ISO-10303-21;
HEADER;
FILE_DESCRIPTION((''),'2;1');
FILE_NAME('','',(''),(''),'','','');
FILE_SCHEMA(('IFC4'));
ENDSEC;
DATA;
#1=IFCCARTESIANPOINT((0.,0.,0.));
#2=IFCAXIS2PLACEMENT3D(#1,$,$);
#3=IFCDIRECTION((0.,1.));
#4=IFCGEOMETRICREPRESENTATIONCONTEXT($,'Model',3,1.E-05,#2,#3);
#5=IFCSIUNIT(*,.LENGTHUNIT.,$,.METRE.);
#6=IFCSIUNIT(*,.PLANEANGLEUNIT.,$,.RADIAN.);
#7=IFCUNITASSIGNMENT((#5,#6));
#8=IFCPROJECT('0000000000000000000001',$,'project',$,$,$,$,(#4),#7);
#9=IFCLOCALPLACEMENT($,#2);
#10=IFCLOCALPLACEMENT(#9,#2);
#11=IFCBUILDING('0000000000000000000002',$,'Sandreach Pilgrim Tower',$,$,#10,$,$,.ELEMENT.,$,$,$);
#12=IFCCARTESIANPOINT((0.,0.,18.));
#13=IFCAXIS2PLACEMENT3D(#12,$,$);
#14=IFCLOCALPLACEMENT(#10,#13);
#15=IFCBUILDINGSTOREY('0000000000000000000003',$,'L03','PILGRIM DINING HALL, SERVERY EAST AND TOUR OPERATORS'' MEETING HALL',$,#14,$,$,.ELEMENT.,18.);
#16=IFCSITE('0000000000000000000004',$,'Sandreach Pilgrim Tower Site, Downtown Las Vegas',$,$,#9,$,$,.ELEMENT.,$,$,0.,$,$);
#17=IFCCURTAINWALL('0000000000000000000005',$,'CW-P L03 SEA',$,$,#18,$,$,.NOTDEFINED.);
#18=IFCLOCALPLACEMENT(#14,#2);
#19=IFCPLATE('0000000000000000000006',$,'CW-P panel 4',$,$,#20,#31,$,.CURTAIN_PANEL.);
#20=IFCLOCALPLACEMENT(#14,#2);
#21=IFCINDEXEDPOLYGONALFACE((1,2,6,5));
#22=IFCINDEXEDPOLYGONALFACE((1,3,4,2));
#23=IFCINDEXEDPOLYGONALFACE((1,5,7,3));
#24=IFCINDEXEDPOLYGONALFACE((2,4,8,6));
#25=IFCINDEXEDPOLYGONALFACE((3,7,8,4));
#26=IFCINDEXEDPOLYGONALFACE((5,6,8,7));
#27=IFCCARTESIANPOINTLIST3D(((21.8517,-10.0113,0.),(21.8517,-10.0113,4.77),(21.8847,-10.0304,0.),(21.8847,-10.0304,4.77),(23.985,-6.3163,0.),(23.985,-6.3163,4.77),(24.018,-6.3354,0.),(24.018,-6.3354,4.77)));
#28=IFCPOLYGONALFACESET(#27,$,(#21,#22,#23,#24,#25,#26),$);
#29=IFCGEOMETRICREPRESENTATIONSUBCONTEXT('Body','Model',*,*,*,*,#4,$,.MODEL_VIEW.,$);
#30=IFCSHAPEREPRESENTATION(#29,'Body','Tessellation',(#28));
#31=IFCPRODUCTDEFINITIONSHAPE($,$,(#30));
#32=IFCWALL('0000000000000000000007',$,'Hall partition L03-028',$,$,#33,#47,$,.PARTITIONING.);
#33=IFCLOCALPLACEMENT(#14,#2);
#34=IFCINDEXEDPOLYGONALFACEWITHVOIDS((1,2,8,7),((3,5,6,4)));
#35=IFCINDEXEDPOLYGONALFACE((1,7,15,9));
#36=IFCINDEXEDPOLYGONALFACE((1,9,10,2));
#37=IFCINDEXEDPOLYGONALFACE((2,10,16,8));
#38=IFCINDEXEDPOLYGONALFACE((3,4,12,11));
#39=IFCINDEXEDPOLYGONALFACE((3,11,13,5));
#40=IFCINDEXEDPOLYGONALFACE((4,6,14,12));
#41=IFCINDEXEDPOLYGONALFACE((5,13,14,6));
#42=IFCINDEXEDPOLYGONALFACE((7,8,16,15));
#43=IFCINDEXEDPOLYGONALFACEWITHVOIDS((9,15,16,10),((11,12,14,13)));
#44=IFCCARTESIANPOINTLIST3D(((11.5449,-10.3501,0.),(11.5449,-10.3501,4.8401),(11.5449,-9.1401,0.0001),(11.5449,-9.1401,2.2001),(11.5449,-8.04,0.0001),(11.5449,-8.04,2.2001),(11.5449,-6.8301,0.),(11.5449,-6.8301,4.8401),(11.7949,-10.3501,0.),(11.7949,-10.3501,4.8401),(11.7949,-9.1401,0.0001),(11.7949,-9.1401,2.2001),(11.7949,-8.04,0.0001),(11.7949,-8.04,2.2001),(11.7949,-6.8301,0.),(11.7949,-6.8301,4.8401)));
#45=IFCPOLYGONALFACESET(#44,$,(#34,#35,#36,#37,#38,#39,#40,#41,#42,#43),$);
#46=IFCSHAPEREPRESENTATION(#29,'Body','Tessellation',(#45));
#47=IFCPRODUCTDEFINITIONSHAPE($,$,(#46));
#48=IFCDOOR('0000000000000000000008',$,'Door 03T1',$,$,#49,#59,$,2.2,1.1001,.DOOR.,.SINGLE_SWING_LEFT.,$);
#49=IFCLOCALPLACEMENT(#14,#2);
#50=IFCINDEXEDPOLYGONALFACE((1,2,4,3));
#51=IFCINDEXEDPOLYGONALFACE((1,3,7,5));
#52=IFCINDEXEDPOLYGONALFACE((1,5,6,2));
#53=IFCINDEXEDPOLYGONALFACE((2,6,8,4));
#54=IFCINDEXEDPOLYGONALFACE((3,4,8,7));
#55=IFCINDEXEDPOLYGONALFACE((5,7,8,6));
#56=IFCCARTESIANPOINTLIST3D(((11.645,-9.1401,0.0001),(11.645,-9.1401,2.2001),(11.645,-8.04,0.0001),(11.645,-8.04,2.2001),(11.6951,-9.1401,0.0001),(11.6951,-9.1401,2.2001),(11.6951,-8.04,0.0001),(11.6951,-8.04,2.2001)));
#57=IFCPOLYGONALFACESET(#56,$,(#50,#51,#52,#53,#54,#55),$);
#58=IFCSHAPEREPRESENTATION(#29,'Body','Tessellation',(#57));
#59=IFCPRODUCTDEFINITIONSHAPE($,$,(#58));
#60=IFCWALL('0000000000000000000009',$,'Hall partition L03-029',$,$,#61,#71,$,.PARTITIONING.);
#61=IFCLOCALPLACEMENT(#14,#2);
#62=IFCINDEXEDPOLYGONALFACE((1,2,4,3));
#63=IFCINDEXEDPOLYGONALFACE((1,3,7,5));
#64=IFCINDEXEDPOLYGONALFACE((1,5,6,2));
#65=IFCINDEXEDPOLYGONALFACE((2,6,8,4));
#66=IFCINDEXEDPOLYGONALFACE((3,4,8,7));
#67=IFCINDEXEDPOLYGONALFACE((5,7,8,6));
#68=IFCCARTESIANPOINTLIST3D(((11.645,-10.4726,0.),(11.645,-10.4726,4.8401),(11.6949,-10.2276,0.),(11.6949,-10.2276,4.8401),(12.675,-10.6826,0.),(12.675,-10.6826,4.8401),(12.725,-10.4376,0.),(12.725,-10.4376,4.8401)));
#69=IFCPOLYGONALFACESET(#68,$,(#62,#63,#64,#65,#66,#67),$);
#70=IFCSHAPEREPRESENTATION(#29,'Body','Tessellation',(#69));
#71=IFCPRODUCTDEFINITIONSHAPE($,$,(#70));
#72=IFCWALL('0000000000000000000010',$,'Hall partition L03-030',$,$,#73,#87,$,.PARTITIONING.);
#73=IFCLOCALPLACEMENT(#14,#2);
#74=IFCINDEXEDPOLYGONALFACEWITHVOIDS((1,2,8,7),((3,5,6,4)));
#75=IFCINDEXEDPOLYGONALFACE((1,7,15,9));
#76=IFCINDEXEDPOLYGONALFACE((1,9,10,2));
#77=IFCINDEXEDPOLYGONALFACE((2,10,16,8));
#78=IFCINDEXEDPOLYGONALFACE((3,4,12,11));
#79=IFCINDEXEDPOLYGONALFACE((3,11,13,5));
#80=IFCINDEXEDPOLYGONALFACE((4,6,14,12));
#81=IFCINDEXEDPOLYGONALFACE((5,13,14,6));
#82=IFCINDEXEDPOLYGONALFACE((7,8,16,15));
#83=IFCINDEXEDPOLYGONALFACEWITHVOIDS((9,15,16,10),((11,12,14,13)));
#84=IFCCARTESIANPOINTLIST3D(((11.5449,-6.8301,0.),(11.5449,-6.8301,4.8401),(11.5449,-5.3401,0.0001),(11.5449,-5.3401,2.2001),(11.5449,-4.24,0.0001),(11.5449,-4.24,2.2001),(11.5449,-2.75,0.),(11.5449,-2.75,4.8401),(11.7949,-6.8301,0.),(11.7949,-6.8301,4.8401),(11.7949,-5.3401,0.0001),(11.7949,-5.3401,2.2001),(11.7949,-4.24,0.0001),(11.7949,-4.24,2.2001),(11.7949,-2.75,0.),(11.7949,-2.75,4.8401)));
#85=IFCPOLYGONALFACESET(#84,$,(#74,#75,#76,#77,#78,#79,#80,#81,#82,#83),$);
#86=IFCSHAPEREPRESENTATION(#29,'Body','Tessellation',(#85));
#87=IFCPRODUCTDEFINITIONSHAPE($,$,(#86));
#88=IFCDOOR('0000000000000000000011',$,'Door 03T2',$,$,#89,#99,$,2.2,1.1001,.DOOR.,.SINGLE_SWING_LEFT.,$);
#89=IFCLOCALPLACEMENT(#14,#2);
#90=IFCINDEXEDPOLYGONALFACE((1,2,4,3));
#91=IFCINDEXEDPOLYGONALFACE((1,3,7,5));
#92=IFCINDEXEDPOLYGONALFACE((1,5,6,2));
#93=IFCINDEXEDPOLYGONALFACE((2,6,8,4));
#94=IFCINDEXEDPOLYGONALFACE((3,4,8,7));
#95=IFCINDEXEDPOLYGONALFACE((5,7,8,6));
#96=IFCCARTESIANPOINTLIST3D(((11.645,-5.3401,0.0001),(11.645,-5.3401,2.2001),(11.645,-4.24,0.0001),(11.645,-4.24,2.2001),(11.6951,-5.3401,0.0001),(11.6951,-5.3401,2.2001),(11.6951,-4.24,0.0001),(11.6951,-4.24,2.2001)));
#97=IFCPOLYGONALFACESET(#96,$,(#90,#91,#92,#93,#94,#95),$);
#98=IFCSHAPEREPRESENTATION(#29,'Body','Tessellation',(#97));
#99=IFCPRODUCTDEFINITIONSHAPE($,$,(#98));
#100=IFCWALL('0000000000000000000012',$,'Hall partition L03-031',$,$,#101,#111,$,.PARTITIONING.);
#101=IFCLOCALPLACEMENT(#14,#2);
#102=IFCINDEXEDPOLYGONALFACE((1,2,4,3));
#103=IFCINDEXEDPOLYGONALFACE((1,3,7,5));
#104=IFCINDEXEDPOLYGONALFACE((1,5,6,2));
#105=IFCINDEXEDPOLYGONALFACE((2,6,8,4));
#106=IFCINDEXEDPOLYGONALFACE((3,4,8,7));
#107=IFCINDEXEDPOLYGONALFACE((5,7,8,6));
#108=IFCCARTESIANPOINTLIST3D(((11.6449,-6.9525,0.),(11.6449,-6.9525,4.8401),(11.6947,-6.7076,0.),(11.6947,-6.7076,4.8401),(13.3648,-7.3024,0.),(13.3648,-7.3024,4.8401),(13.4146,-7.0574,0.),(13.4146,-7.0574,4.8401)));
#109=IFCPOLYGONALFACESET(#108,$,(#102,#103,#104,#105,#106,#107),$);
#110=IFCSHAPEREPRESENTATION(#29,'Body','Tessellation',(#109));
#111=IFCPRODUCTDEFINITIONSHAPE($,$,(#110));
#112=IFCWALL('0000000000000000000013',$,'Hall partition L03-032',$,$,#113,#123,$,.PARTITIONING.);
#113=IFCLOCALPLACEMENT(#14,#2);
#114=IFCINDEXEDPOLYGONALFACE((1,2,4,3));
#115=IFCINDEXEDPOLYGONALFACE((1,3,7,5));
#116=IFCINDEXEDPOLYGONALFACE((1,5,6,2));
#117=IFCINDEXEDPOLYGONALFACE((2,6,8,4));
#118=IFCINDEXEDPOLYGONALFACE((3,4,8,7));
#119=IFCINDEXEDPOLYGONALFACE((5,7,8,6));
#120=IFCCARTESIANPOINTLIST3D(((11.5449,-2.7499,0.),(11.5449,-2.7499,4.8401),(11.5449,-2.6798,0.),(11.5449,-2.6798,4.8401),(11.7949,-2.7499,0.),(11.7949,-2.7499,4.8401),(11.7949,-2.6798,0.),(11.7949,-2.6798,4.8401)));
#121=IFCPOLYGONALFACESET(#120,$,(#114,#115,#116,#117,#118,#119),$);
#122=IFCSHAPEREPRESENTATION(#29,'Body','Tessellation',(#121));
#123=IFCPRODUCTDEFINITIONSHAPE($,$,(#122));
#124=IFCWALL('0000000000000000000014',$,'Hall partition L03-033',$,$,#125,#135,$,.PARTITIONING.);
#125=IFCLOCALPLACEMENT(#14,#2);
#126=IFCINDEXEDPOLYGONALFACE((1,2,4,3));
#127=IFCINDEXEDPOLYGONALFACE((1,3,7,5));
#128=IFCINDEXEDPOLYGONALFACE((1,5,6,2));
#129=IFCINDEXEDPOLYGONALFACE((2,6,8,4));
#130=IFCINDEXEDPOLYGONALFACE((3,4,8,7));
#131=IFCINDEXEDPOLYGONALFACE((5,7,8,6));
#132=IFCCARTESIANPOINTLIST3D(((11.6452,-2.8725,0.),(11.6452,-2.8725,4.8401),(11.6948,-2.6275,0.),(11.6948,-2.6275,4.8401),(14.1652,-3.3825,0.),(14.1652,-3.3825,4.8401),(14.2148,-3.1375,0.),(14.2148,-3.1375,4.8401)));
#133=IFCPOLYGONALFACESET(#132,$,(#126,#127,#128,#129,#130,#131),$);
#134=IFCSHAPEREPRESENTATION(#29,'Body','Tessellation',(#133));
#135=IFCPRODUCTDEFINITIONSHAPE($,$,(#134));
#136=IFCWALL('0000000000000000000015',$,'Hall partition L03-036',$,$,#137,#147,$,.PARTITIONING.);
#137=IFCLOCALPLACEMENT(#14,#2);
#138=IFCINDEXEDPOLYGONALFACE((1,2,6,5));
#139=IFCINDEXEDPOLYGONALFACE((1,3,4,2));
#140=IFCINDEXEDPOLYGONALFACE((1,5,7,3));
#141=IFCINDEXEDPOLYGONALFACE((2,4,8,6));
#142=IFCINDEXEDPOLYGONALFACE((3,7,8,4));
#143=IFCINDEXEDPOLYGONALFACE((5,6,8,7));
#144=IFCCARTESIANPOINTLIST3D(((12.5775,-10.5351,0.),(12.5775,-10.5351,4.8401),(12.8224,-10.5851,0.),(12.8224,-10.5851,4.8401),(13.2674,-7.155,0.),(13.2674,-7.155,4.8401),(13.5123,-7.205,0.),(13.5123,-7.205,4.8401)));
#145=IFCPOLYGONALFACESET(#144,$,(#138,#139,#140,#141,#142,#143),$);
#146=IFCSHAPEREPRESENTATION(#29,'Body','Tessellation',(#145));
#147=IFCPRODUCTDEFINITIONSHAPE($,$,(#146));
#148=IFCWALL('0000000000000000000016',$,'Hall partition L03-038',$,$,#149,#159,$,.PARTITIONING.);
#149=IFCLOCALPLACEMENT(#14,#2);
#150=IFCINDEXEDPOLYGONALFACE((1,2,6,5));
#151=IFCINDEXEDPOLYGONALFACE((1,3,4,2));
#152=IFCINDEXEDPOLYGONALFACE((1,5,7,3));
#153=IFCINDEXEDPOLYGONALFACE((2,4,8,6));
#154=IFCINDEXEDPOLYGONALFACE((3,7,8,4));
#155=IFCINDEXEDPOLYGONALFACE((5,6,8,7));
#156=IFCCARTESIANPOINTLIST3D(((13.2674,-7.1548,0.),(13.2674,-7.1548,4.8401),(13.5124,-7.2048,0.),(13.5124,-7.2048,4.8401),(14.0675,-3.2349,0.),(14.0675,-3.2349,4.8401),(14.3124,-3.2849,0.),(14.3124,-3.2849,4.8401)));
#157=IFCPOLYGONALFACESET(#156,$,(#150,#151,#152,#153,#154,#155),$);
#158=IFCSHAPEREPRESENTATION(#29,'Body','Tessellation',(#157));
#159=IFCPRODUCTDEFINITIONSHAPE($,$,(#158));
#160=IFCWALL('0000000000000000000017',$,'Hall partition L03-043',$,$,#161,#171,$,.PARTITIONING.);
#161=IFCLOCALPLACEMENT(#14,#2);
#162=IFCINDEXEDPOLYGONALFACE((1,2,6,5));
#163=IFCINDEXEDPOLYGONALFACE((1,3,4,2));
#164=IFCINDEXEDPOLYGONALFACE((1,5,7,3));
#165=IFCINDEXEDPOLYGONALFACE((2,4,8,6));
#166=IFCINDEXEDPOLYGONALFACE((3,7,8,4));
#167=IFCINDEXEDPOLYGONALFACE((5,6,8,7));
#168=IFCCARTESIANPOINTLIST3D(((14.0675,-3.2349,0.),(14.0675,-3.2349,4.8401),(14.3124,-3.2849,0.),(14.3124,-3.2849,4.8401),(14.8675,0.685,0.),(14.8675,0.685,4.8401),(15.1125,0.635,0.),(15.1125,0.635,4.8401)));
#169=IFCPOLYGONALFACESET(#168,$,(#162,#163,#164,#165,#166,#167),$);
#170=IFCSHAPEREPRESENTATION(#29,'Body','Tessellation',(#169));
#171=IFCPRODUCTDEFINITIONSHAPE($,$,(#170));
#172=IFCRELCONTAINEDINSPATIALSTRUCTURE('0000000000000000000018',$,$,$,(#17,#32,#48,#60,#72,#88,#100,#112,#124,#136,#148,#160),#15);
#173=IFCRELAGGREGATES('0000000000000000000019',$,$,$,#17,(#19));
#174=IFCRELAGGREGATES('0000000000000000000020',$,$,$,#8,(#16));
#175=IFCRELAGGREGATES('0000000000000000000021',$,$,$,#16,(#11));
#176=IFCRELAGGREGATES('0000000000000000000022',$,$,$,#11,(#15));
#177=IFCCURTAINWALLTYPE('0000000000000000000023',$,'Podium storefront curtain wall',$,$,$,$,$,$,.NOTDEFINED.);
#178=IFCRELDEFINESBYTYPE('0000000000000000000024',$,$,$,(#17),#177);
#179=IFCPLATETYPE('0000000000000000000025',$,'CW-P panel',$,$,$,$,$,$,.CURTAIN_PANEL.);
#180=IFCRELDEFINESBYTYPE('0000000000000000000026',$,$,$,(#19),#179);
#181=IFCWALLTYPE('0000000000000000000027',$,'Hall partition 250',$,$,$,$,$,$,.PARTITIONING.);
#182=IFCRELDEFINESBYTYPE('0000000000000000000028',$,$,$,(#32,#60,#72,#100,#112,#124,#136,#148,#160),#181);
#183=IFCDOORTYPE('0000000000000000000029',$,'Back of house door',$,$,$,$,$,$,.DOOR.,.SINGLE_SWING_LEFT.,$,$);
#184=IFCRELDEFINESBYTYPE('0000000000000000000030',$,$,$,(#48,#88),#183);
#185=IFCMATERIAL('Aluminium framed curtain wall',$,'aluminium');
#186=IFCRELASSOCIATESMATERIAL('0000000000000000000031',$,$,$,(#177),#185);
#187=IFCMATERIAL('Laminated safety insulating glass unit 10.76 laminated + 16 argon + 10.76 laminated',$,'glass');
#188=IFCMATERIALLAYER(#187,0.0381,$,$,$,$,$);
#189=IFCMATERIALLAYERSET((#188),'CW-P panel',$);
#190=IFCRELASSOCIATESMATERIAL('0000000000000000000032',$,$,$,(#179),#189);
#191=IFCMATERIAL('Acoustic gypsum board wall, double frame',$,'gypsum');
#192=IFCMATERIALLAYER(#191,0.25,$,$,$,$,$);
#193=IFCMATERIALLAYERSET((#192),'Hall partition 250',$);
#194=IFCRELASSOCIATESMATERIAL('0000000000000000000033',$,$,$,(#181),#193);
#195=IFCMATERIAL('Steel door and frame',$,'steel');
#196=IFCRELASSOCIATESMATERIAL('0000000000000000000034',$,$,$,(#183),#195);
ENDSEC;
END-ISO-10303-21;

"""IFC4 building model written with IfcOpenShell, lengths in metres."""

from ifc_helpers import new_model, si_unit, direction, frame, frame_2d, origin, origin_2d, place, context, subcontext, project, spatial, rectangle, extrude, material, layer, layer_set, type_object, element, fill, aggregate, save


model = new_model("IFC4")

# Units and contexts
model_context = context("Model", 3, precision=1e-05, world=origin(), true_north=direction((0.0, 1.0)))
body_context = subcontext(model_context, "Body", "Model", "MODEL_VIEW")
ifc_project = project(units=[si_unit("LENGTHUNIT", "METRE"), si_unit("PLANEANGLEUNIT", "RADIAN")], contexts=[model_context])

# Site, building, storey
site_placement = place(None, origin())
site = spatial("IfcSite", under=ifc_project, at=site_placement, Name="Sandreach Pilgrim Tower Site, Downtown Las Vegas", CompositionType="ELEMENT", RefElevation=0.0)
building_placement = place(site_placement, origin())
building = spatial("IfcBuilding", under=site, at=building_placement, Name="Sandreach Pilgrim Tower", CompositionType="ELEMENT")
storey_placement = place(building_placement, frame((0.0, 0.0, 18.0)))
storey = spatial("IfcBuildingStorey", under=building, at=storey_placement, Name="L03", Description="PILGRIM DINING HALL, SERVERY EAST AND TOUR OPERATORS' MEETING HALL", CompositionType="ELEMENT", Elevation=18.0)

# Curtain wall
ifc_material_1 = material(Name="Aluminium framed curtain wall", Category="aluminium")
curtain_wall_type = type_object("IfcCurtainWallType", Name="Podium storefront curtain wall", PredefinedType="NOTDEFINED", material=ifc_material_1)
curtain_wall_placement = place(storey_placement, origin())
curtain_wall = element("IfcCurtainWall", 1, at=curtain_wall_placement, inside=storey, type_object=curtain_wall_type, Name="CW-P L03 SEA", PredefinedType="NOTDEFINED")

# Plate
ifc_material_2 = material(Name="Laminated safety insulating glass unit 10.76 laminated + 16 argon + 10.76 laminated", Category="glass")
ifc_layer_1 = layer(ifc_material_2, 0.0381)
ifc_layer_set_1 = layer_set([ifc_layer_1], Name="CW-P panel")
plate_type = type_object("IfcPlateType", Name="CW-P panel", PredefinedType="CURTAIN_PANEL", material=ifc_layer_set_1)
plate_1_placement = place(storey_placement, frame((22.9348, -8.1733, 0.0), z_axis=(0.0, 0.0, 1.0), x_axis=(-0.5, -0.866025, 0.0)))
plate_1 = element("IfcPlate", 2, at=plate_1_placement, type_object=plate_type, Name="CW-P panel 4", PredefinedType="CURTAIN_PANEL", context=body_context, shape_type="SweptSolid", body=[
    extrude(rectangle(XDim=4.2666, YDim=0.0381, at=origin_2d()), origin(), (0.0, 0.0, 1.0), 4.77),
])
aggregate(curtain_wall, [plate_1])

# Wall, opening, door
ifc_material_3 = material(Name="Acoustic gypsum board wall, double frame", Category="gypsum")
ifc_layer_2 = layer(ifc_material_3, 0.25)
ifc_layer_set_2 = layer_set([ifc_layer_2], Name="Hall partition 250")
wall_type_1 = type_object("IfcWallType", Name="Hall partition 250", PredefinedType="PARTITIONING", material=ifc_layer_set_2)
wall_1_placement = place(storey_placement, frame((11.6699, -10.3501, 0.0), z_axis=(0.0, 0.0, 1.0), x_axis=(0.0, 1.0, 0.0)))
wall_1 = element("IfcWall", 3, at=wall_1_placement, inside=storey, type_object=wall_type_1, Name="Hall partition L03-028", PredefinedType="PARTITIONING", context=body_context, shape_type="SweptSolid", body=[
    extrude(rectangle(XDim=3.52, YDim=0.25, at=frame_2d((1.76, 0.0))), origin(), (0.0, 0.0, 1.0), 4.8401),
])
opening_1_placement = place(wall_1_placement, frame((1.21, 0.0, 0.0)))
opening_1 = element("IfcOpeningElement", 4, at=opening_1_placement, cuts=wall_1, PredefinedType="OPENING", context=body_context, shape_type="SweptSolid", body=[
    extrude(rectangle(XDim=1.1001, YDim=2.2, at=frame_2d((0.55, 1.1001))), frame((0.0, 0.125, 0.0), z_axis=(0.0, -1.0, 0.0), x_axis=(1.0, 0.0, 0.0)), (0.0, 0.0, 1.0), 0.25),
])
ifc_material_4 = material(Name="Steel door and frame", Category="steel")
door_type_1 = type_object("IfcDoorType", Name="Back of house door", OperationType="SINGLE_SWING_LEFT", PredefinedType="DOOR", material=ifc_material_4)
door_1_placement = place(opening_1_placement, origin())
door_1 = element("IfcDoor", 5, at=door_1_placement, inside=storey, type_object=door_type_1, Name="Door 03T1", OperationType="SINGLE_SWING_LEFT", OverallHeight=2.2, OverallWidth=1.1001, PredefinedType="DOOR", context=body_context, shape_type="SweptSolid", body=[
    extrude(rectangle(XDim=1.1001, YDim=2.2, at=frame_2d((0.55, 1.1001))), frame((0.0, 0.0249, 0.0), z_axis=(0.0, -1.0, 0.0), x_axis=(1.0, 0.0, 0.0)), (0.0, 0.0, 1.0), 0.05),
])
fill(opening_1, door_1)

# Wall
wall_2_placement = place(storey_placement, frame((11.6699, -10.3501, 0.0), z_axis=(0.0, 0.0, 1.0), x_axis=(0.97985, -0.199732, 0.0)))
element("IfcWall", 6, at=wall_2_placement, inside=storey, type_object=wall_type_1, Name="Hall partition L03-029", PredefinedType="PARTITIONING", context=body_context, shape_type="SweptSolid", body=[
    extrude(rectangle(XDim=1.0513, YDim=0.25, at=frame_2d((0.5256, 0.0))), origin(), (0.0, 0.0, 1.0), 4.8401),
])

# Wall, opening, door
wall_3_placement = place(storey_placement, frame((11.6699, -6.8301, 0.0), z_axis=(0.0, 0.0, 1.0), x_axis=(0.0, 1.0, 0.0)))
wall_3 = element("IfcWall", 7, at=wall_3_placement, inside=storey, type_object=wall_type_1, Name="Hall partition L03-030", PredefinedType="PARTITIONING", context=body_context, shape_type="SweptSolid", body=[
    extrude(rectangle(XDim=4.0801, YDim=0.25, at=frame_2d((2.04, 0.0))), origin(), (0.0, 0.0, 1.0), 4.8401),
])
opening_2_placement = place(wall_3_placement, frame((1.49, 0.0, 0.0)))
opening_2 = element("IfcOpeningElement", 8, at=opening_2_placement, cuts=wall_3, PredefinedType="OPENING", context=body_context, shape_type="SweptSolid", body=[
    extrude(rectangle(XDim=1.1001, YDim=2.2, at=frame_2d((0.55, 1.1001))), frame((0.0, 0.125, 0.0), z_axis=(0.0, -1.0, 0.0), x_axis=(1.0, 0.0, 0.0)), (0.0, 0.0, 1.0), 0.25),
])
door_2_placement = place(opening_2_placement, origin())
door_2 = element("IfcDoor", 9, at=door_2_placement, inside=storey, type_object=door_type_1, Name="Door 03T2", OperationType="SINGLE_SWING_LEFT", OverallHeight=2.2, OverallWidth=1.1001, PredefinedType="DOOR", context=body_context, shape_type="SweptSolid", body=[
    extrude(rectangle(XDim=1.1001, YDim=2.2, at=frame_2d((0.55, 1.1001))), frame((0.0, 0.0249, 0.0), z_axis=(0.0, -1.0, 0.0), x_axis=(1.0, 0.0, 0.0)), (0.0, 0.0, 1.0), 0.05),
])
fill(opening_2, door_2)

# Walls
wall_4_placement = place(storey_placement, frame((11.6699, -6.8301, 0.0), z_axis=(0.0, 0.0, 1.0), x_axis=(0.979933, -0.199325, 0.0)))
element("IfcWall", 10, at=wall_4_placement, inside=storey, type_object=wall_type_1, Name="Hall partition L03-031", PredefinedType="PARTITIONING", context=body_context, shape_type="SweptSolid", body=[
    extrude(rectangle(XDim=1.7551, YDim=0.25, at=frame_2d((0.8774, 0.0))), origin(), (0.0, 0.0, 1.0), 4.8401),
])
wall_5_placement = place(storey_placement, frame((11.6699, -2.75, 0.0), z_axis=(0.0, 0.0, 1.0), x_axis=(0.0, 1.0, 0.0)))
element("IfcWall", 11, at=wall_5_placement, inside=storey, type_object=wall_type_1, Name="Hall partition L03-032", PredefinedType="PARTITIONING", context=body_context, shape_type="SweptSolid", body=[
    extrude(rectangle(XDim=0.0701, YDim=0.25, at=frame_2d((0.0352, 0.0))), origin(), (0.0, 0.0, 1.0), 4.8401),
])
wall_6_placement = place(storey_placement, frame((11.6699, -2.75, 0.0), z_axis=(0.0, 0.0, 1.0), x_axis=(0.980129, -0.198362, 0.0)))
element("IfcWall", 12, at=wall_6_placement, inside=storey, type_object=wall_type_1, Name="Hall partition L03-033", PredefinedType="PARTITIONING", context=body_context, shape_type="SweptSolid", body=[
    extrude(rectangle(XDim=2.571, YDim=0.25, at=frame_2d((1.2856, 0.0))), origin(), (0.0, 0.0, 1.0), 4.8401),
])
wall_7_placement = place(storey_placement, frame((12.7, -10.5601, 0.0), z_axis=(0.0, 0.0, 1.0), x_axis=(0.199993, 0.979797, 0.0)))
element("IfcWall", 13, at=wall_7_placement, inside=storey, type_object=wall_type_1, Name="Hall partition L03-036", PredefinedType="PARTITIONING", context=body_context, shape_type="SweptSolid", body=[
    extrude(rectangle(XDim=3.4497, YDim=0.25, at=frame_2d((1.7249, 0.0))), origin(), (0.0, 0.0, 1.0), 4.8401),
])
for number, where, z_axis, x_axis, name in (
    (14, (13.3899, -7.1799, 0.0), (0.0, 0.0, 1.0), (0.199976, 0.979801, 0.0), "Hall partition L03-038"),
    (15, (14.1899, -3.26, 0.0), (0.0, 0.0, 1.0), (0.199976, 0.979801, 0.0), "Hall partition L03-043"),
):
    element("IfcWall", number, at=place(storey_placement, frame(where, z_axis=z_axis, x_axis=x_axis)), inside=storey, type_object=wall_type_1, Name=name, PredefinedType="PARTITIONING", context=body_context, shape_type="SweptSolid", body=[
        extrude(rectangle(XDim=4.0007, YDim=0.25, at=frame_2d((2.0005, 0.0))), origin(), (0.0, 0.0, 1.0), 4.8401),
    ])

save(model, "model.ifc")
